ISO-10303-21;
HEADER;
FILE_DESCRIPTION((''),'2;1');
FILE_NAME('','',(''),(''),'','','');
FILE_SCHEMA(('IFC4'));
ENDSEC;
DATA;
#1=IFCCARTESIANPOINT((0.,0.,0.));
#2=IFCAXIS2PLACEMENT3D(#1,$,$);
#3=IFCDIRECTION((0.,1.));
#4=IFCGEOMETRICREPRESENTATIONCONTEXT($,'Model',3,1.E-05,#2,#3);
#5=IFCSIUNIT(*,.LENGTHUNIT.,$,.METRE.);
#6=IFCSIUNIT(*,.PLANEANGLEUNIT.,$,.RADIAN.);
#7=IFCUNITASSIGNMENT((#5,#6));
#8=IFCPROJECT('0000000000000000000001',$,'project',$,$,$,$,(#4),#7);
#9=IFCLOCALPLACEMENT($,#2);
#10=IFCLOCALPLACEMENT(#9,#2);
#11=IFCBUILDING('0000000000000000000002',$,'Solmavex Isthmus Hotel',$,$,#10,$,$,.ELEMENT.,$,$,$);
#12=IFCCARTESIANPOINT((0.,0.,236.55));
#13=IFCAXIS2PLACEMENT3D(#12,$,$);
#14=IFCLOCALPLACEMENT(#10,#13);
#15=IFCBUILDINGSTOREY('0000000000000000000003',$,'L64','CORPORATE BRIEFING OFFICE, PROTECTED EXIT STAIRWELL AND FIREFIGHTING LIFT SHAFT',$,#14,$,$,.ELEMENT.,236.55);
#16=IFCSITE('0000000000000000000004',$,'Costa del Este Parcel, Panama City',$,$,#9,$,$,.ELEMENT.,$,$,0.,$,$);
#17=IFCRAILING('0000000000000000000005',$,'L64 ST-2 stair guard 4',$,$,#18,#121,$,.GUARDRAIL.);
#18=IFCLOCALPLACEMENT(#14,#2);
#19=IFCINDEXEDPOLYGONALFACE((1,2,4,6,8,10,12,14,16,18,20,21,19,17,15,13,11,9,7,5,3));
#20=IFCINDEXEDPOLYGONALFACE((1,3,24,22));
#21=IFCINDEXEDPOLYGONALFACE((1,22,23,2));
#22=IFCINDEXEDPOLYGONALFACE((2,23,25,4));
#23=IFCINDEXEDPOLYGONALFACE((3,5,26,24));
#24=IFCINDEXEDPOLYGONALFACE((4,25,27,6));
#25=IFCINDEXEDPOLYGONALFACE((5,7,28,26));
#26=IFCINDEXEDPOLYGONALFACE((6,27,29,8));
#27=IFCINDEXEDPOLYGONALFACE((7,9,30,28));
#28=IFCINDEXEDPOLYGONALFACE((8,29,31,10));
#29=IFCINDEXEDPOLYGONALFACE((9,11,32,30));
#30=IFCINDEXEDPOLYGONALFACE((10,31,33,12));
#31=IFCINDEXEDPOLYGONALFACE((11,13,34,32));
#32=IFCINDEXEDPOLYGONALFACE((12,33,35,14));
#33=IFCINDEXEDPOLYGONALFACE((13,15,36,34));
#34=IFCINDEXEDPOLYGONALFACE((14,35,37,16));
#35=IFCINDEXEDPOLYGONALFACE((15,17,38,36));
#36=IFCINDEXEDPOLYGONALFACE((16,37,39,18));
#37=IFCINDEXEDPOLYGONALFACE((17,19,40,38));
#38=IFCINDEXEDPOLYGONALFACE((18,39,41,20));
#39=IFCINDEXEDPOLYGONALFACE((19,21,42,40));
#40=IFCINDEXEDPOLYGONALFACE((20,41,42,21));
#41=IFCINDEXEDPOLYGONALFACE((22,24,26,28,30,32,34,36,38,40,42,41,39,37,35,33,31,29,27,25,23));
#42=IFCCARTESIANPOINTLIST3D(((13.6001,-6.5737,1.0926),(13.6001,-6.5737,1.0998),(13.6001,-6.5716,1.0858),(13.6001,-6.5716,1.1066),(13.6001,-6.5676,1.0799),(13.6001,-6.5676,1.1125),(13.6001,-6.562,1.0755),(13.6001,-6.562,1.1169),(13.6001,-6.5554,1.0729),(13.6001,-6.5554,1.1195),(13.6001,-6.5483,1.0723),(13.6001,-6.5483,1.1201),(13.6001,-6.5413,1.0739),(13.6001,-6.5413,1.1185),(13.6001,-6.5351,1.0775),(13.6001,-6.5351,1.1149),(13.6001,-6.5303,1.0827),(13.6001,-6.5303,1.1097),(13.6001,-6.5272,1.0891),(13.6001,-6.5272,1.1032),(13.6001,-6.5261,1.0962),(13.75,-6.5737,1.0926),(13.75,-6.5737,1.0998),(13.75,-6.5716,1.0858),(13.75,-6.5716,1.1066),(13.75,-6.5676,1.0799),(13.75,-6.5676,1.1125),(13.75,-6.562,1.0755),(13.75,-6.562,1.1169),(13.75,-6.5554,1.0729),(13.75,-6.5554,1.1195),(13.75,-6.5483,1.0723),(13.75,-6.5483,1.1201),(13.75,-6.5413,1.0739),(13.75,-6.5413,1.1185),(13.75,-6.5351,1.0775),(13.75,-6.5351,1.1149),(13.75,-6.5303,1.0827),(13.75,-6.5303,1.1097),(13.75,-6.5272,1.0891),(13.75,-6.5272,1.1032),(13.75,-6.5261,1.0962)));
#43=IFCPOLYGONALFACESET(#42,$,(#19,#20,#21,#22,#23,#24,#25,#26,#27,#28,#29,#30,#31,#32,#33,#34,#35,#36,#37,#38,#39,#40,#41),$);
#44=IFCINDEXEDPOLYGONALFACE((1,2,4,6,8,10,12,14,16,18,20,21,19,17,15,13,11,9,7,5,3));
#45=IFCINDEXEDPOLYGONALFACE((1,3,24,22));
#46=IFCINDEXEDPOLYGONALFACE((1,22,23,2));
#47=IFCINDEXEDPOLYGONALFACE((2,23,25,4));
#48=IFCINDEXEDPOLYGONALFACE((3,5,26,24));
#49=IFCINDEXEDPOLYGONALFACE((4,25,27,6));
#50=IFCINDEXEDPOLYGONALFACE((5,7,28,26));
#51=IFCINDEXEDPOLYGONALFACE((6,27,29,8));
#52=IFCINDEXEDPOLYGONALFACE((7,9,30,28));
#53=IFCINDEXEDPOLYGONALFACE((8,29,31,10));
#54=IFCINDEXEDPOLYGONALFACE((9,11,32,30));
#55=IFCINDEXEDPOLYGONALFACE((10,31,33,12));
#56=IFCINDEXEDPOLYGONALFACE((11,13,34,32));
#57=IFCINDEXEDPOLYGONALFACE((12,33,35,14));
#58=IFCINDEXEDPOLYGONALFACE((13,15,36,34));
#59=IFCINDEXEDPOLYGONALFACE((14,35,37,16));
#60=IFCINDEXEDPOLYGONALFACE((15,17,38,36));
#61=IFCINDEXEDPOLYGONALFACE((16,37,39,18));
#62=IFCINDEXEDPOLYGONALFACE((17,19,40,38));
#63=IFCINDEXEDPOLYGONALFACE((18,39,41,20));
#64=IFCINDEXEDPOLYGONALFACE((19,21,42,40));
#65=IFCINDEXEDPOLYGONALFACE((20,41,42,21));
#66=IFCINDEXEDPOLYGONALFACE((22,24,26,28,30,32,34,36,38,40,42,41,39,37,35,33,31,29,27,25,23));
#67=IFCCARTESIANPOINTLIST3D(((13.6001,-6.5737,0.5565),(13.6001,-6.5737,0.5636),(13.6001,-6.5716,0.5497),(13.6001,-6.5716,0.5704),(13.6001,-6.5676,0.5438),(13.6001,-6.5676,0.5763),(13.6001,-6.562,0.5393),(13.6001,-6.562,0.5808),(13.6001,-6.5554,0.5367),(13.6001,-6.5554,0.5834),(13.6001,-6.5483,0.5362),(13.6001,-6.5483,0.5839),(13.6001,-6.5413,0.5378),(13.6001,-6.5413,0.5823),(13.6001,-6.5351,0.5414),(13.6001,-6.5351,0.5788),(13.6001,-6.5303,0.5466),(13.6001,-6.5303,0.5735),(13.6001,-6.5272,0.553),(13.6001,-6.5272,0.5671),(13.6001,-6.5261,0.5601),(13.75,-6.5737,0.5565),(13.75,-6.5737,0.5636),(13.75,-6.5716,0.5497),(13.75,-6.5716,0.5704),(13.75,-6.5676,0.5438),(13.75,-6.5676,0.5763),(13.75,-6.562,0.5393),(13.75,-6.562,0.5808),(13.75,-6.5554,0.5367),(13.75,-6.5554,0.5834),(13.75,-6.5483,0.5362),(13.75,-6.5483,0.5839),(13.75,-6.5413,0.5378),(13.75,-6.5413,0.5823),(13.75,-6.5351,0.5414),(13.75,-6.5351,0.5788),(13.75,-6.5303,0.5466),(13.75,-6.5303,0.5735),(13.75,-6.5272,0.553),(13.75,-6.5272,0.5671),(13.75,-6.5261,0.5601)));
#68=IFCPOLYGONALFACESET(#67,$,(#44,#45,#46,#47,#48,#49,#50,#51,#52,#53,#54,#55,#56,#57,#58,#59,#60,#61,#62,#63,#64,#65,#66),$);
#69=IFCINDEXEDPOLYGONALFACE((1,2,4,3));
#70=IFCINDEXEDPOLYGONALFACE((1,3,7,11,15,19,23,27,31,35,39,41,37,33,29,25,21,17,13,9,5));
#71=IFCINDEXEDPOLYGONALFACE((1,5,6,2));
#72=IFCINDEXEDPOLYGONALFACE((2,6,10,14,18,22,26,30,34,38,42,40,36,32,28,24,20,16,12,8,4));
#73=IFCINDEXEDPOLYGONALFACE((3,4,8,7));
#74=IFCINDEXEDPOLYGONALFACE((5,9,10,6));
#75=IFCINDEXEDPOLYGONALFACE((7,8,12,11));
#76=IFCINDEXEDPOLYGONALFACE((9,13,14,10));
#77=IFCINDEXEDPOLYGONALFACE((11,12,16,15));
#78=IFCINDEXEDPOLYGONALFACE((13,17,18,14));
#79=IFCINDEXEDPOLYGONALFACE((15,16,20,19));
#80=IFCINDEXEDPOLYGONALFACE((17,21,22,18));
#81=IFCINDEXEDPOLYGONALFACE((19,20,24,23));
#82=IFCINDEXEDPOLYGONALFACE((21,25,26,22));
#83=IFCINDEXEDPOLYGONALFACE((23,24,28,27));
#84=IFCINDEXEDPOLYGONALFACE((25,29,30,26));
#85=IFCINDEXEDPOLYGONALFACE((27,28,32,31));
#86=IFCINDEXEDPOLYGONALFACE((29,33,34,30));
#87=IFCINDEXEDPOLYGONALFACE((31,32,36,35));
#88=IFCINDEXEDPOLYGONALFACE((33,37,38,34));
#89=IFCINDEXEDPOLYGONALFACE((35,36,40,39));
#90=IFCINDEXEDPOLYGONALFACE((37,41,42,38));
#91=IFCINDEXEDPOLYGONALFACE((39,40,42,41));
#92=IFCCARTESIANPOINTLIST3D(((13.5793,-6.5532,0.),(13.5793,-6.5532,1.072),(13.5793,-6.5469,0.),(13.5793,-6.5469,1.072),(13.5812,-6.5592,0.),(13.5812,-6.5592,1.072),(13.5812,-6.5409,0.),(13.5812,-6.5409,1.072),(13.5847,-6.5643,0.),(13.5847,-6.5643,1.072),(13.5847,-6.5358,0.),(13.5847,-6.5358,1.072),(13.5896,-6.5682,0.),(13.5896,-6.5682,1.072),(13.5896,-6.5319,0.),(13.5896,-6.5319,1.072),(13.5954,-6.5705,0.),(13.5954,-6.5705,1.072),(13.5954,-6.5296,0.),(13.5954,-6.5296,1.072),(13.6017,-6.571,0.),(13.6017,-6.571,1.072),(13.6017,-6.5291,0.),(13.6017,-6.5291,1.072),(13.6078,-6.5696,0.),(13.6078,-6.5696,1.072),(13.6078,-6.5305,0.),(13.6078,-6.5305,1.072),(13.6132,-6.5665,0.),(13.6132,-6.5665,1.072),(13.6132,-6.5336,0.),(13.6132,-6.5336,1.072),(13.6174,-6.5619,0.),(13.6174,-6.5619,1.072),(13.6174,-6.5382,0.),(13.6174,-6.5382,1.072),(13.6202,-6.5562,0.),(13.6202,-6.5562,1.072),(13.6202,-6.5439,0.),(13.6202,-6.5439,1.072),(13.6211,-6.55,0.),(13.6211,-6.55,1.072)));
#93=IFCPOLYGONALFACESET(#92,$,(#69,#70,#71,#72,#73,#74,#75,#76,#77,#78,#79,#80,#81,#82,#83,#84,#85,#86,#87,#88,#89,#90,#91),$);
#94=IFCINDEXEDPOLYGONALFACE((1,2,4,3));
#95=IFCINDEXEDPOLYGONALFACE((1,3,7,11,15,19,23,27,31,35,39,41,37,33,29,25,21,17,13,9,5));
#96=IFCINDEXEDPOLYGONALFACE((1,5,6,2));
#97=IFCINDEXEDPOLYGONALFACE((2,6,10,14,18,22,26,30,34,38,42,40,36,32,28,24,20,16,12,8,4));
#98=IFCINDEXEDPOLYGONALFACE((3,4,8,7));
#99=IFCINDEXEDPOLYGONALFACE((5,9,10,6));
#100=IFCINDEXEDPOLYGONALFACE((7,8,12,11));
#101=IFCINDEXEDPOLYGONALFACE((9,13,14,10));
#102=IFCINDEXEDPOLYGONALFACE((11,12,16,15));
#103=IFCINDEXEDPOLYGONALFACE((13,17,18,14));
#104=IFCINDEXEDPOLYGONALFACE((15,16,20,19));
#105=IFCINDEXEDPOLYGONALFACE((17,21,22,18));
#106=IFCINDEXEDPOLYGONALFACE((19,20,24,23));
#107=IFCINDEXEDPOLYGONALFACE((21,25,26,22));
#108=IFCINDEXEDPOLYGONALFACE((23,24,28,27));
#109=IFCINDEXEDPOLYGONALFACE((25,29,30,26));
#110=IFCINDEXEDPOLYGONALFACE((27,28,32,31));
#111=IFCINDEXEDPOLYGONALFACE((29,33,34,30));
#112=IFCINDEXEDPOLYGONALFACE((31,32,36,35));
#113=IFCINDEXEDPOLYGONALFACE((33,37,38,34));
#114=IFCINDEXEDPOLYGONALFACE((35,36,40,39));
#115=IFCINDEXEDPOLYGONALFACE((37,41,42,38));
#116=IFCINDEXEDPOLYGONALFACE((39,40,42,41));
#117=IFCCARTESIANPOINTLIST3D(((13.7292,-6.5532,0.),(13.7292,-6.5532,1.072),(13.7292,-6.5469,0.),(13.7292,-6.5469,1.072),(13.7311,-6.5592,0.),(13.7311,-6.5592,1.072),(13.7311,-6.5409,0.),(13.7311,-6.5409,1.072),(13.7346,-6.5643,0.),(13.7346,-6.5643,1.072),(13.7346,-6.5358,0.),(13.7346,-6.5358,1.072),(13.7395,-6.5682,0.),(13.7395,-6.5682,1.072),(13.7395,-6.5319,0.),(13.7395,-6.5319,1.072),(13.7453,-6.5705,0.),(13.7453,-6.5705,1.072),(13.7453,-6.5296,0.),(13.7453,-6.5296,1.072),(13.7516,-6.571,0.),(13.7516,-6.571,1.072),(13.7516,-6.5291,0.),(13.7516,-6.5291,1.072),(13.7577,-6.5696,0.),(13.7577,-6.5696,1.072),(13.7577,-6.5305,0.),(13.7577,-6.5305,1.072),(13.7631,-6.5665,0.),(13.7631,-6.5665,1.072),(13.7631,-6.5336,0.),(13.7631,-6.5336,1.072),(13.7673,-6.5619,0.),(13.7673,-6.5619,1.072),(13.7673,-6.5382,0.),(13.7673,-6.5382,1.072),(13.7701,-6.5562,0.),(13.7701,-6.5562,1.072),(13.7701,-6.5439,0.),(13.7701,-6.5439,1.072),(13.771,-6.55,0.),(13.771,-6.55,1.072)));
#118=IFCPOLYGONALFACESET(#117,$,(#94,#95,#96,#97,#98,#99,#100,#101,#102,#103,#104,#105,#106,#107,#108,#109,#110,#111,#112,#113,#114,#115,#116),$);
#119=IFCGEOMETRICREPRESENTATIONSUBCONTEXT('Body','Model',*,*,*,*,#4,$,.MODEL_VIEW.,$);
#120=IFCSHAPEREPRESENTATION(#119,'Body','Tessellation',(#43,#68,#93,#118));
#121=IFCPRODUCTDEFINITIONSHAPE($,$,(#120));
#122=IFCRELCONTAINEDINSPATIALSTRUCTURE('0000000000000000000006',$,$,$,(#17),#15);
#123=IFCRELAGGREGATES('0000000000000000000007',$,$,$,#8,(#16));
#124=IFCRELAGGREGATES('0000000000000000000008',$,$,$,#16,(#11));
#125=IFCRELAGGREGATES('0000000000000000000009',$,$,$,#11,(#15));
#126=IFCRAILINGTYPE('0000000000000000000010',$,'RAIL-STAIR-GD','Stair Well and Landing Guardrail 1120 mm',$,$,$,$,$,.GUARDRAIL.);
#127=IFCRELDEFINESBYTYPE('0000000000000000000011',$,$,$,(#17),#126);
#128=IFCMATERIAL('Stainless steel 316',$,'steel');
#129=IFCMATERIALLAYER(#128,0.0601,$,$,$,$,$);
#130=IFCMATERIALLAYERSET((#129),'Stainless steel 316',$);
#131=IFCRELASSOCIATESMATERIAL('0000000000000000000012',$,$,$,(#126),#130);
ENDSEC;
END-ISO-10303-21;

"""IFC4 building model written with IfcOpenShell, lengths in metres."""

from ifc_helpers import new_model, si_unit, direction, frame, origin, origin_2d, place, context, subcontext, project, spatial, circle, extrude, material, layer, layer_set, type_object, element, save


model = new_model("IFC4")

# Units and contexts
model_context = context("Model", 3, precision=1e-05, world=origin(), true_north=direction((0.0, 1.0)))
body_context = subcontext(model_context, "Body", "Model", "MODEL_VIEW")
ifc_project = project(units=[si_unit("LENGTHUNIT", "METRE"), si_unit("PLANEANGLEUNIT", "RADIAN")], contexts=[model_context])

# Site, building, storey
site_placement = place(None, origin())
site = spatial("IfcSite", under=ifc_project, at=site_placement, Name="Costa del Este Parcel, Panama City", CompositionType="ELEMENT", RefElevation=0.0)
building_placement = place(site_placement, origin())
building = spatial("IfcBuilding", under=site, at=building_placement, Name="Solmavex Isthmus Hotel", CompositionType="ELEMENT")
storey_placement = place(building_placement, frame((0.0, 0.0, 236.55)))
storey = spatial("IfcBuildingStorey", under=building, at=storey_placement, Name="L64", Description="CORPORATE BRIEFING OFFICE, PROTECTED EXIT STAIRWELL AND FIREFIGHTING LIFT SHAFT", CompositionType="ELEMENT", Elevation=236.55)

# Shared definitions
ifc_material_1 = material(Name="Stainless steel 316", Category="steel")

# Railing
ifc_layer_1 = layer(ifc_material_1, 0.0601)
ifc_layer_set_1 = layer_set([ifc_layer_1], Name="Stainless steel 316")
railing_type_1 = type_object("IfcRailingType", Name="RAIL-STAIR-GD", Description="Stair Well and Landing Guardrail 1120 mm", PredefinedType="GUARDRAIL", material=ifc_layer_set_1)
railing_1_placement = place(storey_placement, frame((13.6001, -6.55, 0.0)))
element("IfcRailing", 1, at=railing_1_placement, inside=storey, type_object=railing_type_1, Name="L64 ST-2 stair guard 4", PredefinedType="GUARDRAIL", context=body_context, shape_type="SweptSolid", body=[
    extrude(circle(Radius=0.0239, at=origin_2d()), frame((0.0, 0.0, 1.0962), z_axis=(1.0, 0.0, 0.0), x_axis=(0.0, 1.0, 0.0)), (0.0, 0.0, 1.0), 0.1499),
    extrude(circle(Radius=0.0239, at=origin_2d()), frame((0.0, 0.0, 0.5601), z_axis=(1.0, 0.0, 0.0), x_axis=(0.0, 1.0, 0.0)), (0.0, 0.0, 1.0), 0.1499),
    extrude(circle(Radius=0.021, at=origin_2d()), origin(), (0.0, 0.0, 1.0), 1.072),
    extrude(circle(Radius=0.021, at=origin_2d()), frame((0.1499, 0.0, 0.0)), (0.0, 0.0, 1.0), 1.072),
])

save(model, "model.ifc")
